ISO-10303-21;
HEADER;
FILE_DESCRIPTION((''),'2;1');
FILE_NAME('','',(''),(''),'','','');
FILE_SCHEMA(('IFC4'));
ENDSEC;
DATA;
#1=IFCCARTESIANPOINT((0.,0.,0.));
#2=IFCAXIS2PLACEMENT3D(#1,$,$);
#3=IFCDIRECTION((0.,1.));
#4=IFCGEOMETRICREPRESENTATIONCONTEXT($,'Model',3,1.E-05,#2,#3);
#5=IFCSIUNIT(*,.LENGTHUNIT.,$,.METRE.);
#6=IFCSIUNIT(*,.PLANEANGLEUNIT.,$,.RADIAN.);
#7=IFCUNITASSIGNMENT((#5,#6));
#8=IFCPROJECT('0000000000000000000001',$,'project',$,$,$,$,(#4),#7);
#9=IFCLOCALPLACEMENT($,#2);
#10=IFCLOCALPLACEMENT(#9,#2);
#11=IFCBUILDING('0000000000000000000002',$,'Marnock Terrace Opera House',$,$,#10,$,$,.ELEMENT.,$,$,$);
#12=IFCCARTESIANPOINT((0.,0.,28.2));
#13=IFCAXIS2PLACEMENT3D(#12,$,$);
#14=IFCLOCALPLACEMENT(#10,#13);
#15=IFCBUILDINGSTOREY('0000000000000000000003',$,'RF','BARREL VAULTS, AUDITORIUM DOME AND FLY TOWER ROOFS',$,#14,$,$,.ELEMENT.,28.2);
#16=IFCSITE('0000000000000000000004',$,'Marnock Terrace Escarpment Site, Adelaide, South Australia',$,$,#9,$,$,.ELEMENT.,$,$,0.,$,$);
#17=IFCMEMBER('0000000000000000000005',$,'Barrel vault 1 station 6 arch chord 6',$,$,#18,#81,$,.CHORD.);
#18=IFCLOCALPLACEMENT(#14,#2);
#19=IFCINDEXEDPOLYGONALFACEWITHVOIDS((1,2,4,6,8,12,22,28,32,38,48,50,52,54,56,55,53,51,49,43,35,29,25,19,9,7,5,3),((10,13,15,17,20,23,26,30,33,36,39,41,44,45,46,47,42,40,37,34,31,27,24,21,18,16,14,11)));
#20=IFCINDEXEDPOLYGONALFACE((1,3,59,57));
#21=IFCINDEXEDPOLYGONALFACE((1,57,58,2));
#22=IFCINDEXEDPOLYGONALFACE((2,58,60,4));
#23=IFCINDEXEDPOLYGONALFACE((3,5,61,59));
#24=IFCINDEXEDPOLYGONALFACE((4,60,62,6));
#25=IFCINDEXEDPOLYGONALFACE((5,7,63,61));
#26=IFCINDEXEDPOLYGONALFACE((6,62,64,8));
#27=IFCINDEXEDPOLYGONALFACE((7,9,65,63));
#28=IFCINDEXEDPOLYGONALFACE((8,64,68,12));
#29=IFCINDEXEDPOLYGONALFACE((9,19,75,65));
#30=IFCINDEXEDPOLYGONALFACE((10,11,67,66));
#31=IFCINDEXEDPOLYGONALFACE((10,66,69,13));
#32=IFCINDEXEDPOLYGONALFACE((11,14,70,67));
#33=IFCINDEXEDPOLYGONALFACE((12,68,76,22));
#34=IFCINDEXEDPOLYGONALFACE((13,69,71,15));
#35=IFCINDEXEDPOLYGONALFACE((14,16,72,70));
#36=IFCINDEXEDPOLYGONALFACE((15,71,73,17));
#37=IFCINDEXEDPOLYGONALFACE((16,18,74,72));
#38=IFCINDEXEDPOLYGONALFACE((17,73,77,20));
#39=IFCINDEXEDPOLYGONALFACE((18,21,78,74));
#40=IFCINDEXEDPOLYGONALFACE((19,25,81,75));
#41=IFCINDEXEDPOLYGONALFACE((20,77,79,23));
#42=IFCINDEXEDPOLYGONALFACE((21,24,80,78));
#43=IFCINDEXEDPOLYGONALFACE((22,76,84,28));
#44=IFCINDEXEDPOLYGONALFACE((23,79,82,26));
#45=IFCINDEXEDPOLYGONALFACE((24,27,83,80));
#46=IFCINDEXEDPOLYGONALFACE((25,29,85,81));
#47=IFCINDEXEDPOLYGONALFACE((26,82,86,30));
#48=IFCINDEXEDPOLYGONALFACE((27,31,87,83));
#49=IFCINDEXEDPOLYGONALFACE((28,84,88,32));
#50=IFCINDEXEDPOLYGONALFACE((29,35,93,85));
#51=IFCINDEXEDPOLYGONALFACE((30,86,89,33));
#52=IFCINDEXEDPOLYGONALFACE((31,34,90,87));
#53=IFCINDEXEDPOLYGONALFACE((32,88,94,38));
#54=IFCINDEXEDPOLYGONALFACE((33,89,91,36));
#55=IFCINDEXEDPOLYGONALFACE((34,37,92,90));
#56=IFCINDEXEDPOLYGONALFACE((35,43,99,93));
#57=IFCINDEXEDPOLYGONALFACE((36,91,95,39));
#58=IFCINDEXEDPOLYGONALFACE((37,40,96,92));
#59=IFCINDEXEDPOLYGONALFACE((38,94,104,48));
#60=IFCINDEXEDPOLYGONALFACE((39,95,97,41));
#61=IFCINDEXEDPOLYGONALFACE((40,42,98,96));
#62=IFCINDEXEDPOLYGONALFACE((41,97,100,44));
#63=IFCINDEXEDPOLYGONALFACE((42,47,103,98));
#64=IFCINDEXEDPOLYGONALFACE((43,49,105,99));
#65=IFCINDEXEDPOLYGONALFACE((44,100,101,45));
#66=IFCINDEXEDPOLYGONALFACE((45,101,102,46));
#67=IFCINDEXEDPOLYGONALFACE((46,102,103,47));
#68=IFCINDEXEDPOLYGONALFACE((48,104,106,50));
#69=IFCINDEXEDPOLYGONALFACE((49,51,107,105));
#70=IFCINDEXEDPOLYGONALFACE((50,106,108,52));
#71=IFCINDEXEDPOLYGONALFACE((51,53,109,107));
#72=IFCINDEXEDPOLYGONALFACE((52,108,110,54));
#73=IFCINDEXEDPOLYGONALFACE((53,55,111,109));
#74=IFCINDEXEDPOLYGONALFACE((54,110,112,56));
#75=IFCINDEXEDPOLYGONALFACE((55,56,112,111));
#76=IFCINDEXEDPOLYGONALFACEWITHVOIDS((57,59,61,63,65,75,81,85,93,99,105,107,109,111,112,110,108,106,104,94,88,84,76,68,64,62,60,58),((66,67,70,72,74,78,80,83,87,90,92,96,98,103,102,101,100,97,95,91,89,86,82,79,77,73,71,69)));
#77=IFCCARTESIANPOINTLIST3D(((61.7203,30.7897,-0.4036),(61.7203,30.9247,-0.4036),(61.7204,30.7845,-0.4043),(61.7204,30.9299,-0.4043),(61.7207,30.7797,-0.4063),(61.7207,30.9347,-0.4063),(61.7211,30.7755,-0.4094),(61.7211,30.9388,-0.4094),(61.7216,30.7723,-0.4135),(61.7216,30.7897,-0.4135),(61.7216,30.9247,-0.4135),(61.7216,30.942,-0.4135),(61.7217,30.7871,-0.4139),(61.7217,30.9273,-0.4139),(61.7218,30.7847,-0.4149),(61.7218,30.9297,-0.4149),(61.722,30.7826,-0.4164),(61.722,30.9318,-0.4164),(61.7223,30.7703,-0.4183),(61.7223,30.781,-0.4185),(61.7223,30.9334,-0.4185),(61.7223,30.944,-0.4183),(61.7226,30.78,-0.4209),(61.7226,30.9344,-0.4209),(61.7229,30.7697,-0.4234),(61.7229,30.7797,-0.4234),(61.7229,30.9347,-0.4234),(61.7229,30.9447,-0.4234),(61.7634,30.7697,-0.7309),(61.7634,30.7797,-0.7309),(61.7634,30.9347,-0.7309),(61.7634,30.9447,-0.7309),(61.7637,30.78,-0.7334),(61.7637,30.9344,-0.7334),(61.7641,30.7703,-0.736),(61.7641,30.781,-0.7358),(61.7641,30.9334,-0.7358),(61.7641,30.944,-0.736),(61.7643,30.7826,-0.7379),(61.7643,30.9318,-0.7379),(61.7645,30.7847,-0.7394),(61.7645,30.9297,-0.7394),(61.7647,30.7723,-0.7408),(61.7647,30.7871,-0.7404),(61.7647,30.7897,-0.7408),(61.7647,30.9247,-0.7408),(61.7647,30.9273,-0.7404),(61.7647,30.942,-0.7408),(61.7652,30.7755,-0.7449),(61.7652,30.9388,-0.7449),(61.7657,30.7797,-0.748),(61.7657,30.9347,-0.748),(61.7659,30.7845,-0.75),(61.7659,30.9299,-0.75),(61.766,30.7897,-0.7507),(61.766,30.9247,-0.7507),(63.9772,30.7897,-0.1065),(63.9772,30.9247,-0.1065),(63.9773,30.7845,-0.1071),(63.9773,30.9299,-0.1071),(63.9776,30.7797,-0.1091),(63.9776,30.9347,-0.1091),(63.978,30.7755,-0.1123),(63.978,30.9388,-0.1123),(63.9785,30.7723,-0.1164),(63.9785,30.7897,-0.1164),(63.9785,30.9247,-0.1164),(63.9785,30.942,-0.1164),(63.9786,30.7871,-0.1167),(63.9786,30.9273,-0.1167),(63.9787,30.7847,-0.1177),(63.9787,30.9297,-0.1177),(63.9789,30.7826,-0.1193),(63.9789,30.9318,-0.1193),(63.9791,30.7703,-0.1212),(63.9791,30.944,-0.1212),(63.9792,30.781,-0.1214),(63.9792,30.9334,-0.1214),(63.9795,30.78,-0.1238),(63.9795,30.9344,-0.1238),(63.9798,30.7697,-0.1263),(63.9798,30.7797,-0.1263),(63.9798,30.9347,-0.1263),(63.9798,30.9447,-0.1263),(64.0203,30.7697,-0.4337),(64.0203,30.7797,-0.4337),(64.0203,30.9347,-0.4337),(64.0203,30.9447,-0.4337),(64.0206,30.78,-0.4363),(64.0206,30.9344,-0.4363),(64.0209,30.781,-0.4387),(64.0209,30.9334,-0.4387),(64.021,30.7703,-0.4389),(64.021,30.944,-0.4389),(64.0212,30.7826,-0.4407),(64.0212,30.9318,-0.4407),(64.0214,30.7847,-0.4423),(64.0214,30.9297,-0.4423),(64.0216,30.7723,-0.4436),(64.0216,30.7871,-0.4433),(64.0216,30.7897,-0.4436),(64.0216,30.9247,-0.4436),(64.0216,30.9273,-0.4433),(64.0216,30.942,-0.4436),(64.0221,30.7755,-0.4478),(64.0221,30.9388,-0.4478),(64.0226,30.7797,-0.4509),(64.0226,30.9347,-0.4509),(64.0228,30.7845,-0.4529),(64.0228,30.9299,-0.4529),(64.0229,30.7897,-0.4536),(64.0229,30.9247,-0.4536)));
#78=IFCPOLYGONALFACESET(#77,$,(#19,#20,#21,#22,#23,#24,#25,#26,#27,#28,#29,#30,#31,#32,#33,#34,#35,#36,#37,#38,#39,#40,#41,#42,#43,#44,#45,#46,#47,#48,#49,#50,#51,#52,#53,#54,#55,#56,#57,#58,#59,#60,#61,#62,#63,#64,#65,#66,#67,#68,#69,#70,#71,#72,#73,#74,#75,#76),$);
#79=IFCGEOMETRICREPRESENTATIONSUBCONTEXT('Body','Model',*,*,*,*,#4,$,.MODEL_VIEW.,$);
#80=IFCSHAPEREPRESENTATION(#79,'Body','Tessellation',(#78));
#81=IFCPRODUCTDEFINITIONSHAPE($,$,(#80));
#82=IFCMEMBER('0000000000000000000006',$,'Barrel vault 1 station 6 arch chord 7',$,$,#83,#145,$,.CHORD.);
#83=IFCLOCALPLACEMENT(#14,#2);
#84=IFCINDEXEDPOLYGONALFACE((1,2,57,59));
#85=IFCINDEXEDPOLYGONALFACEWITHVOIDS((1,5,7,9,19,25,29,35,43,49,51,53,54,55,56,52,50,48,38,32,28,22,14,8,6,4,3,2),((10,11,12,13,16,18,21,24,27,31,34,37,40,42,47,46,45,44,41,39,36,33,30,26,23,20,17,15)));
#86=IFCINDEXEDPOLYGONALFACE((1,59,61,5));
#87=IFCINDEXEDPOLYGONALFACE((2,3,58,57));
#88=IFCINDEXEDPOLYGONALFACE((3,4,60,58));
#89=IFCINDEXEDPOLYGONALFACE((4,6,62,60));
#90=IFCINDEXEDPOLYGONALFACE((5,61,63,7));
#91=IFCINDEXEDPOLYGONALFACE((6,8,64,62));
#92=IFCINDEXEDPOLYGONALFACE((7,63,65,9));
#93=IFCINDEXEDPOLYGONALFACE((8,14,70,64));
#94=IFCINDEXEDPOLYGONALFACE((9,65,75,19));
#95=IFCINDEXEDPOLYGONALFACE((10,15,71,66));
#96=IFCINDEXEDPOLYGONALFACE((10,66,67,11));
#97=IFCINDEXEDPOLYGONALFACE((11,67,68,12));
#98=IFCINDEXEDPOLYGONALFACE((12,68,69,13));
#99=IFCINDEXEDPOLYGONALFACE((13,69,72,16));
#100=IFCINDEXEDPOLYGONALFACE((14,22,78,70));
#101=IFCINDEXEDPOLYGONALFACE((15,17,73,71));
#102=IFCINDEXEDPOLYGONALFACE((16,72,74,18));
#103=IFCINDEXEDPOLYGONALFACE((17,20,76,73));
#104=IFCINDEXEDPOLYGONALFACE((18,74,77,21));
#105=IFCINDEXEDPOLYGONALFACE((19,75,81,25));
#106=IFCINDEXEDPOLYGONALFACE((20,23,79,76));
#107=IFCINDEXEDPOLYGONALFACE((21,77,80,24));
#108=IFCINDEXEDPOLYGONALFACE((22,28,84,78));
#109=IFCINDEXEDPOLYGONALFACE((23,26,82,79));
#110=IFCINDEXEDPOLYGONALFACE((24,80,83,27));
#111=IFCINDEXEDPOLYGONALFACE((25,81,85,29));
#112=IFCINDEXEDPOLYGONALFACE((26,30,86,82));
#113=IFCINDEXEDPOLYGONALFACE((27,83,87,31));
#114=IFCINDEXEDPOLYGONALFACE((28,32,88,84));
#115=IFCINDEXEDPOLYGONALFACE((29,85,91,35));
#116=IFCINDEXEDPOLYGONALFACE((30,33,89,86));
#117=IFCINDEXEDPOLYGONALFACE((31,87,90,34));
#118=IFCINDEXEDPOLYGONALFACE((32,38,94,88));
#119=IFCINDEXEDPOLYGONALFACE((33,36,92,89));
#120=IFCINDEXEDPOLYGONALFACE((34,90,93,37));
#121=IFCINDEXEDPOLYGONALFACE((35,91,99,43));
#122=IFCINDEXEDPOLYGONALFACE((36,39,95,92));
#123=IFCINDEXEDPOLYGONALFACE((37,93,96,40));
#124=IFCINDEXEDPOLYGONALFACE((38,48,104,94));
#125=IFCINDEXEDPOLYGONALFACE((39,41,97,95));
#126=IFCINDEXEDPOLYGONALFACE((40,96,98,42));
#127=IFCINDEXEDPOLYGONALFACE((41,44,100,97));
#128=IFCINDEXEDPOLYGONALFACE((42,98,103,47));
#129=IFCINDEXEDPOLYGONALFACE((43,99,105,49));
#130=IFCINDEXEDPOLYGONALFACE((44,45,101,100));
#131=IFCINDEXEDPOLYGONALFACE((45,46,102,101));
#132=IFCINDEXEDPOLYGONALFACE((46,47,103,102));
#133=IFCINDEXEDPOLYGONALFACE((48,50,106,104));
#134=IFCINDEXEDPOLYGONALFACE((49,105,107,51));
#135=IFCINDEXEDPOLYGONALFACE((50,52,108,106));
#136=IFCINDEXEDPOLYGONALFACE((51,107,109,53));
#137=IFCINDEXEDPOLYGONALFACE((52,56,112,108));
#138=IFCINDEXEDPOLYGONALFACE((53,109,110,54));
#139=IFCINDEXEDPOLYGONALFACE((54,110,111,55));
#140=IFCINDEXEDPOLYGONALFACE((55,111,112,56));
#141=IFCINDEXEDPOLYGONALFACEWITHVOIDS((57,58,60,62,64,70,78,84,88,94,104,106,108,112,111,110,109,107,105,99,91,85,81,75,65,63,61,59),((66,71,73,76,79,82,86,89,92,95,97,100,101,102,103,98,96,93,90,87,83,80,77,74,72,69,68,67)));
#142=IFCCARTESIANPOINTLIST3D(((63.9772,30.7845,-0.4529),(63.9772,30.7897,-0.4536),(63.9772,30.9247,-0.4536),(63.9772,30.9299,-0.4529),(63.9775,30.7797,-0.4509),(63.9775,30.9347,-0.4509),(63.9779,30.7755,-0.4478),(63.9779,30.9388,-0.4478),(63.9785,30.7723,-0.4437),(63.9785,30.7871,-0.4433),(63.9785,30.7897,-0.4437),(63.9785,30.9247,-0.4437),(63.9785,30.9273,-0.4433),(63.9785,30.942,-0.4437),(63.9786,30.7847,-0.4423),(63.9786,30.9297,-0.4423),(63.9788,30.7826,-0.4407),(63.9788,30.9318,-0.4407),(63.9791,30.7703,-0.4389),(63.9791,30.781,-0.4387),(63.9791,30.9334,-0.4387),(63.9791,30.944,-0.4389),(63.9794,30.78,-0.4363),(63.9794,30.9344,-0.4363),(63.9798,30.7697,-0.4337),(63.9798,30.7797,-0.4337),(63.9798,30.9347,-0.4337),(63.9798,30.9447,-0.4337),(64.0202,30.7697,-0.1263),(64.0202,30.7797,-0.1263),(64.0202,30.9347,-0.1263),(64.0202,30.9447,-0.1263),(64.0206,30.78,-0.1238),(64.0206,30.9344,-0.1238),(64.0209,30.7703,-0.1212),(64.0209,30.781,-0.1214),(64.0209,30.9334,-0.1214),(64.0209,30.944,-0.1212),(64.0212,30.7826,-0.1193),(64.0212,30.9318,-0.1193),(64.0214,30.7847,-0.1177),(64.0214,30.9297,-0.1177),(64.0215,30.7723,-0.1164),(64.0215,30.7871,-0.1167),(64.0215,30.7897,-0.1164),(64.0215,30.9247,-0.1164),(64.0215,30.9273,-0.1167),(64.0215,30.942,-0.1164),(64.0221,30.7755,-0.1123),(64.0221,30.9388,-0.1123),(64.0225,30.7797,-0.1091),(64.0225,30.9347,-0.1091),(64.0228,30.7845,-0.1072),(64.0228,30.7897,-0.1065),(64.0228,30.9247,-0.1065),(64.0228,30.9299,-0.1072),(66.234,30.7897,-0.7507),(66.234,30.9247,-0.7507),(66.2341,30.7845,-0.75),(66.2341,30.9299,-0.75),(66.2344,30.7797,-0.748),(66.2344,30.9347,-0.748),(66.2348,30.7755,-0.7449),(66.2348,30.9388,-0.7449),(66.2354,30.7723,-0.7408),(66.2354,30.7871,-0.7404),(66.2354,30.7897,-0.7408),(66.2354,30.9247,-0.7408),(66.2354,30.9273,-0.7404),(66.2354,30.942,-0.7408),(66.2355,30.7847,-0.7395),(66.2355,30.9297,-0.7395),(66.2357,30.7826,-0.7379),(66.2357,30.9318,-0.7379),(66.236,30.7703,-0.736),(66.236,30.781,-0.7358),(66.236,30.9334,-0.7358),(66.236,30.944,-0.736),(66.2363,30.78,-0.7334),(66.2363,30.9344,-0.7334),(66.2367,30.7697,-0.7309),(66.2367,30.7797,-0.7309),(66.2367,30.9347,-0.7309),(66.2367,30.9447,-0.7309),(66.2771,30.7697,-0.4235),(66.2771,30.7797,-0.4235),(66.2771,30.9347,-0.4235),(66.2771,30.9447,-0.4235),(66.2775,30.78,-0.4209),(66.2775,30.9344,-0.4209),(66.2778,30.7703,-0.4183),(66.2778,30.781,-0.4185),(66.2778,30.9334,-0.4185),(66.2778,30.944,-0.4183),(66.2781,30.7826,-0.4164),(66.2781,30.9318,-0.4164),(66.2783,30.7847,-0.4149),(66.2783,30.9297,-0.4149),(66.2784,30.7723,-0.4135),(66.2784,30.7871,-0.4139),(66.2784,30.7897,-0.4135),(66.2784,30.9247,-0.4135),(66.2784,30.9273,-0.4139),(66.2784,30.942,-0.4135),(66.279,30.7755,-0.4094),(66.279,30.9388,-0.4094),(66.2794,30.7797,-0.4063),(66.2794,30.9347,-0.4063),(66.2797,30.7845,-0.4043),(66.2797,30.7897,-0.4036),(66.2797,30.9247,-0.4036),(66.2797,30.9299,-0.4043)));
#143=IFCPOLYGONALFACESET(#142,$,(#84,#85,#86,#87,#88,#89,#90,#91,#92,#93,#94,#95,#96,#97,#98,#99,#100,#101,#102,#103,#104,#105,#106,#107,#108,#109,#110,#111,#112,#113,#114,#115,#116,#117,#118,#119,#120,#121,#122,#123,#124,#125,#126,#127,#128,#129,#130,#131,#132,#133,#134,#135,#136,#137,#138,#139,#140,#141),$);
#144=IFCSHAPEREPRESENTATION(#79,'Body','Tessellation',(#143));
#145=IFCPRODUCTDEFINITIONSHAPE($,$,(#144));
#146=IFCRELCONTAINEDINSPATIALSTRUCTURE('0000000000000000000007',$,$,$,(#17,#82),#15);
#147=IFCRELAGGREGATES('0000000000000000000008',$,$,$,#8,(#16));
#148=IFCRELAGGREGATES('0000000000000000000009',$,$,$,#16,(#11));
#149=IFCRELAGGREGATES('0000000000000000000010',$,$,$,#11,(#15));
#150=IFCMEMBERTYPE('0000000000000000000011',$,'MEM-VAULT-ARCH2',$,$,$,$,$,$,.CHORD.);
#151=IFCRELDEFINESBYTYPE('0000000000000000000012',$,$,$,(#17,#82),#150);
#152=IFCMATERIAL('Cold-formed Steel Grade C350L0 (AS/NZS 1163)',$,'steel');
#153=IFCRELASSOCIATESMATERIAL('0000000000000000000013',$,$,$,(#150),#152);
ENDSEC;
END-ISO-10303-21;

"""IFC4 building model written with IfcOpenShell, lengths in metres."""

from ifc_helpers import new_model, si_unit, direction, frame, origin, origin_2d, place, context, subcontext, project, spatial, hollow_rectangle, extrude, material, material_profile, profile_set, type_object, element, save


model = new_model("IFC4")

# Units and contexts
model_context = context("Model", 3, precision=1e-05, world=origin(), true_north=direction((0.0, 1.0)))
body_context = subcontext(model_context, "Body", "Model", "MODEL_VIEW")
ifc_project = project(units=[si_unit("LENGTHUNIT", "METRE"), si_unit("PLANEANGLEUNIT", "RADIAN")], contexts=[model_context])

# Site, building, storey
site_placement = place(None, origin())
site = spatial("IfcSite", under=ifc_project, at=site_placement, Name="Marnock Terrace Escarpment Site, Adelaide, South Australia", CompositionType="ELEMENT", RefElevation=0.0)
building_placement = place(site_placement, origin())
building = spatial("IfcBuilding", under=site, at=building_placement, Name="Marnock Terrace Opera House", CompositionType="ELEMENT")
storey_placement = place(building_placement, frame((0.0, 0.0, 28.2)))
storey = spatial("IfcBuildingStorey", under=building, at=storey_placement, Name="RF", Description="BARREL VAULTS, AUDITORIUM DOME AND FLY TOWER ROOFS", CompositionType="ELEMENT", Elevation=28.2)

# Members
ifc_material_1 = material(Name="Cold-formed Steel Grade C350L0 (AS/NZS 1163)", Category="steel")
ifc_material_profile_1 = material_profile(ifc_material_1, hollow_rectangle(XDim=0.175, YDim=0.3501, WallThickness=0.01, InnerFilletRadius=0.01, OuterFilletRadius=0.02, at=origin_2d()))
ifc_profile_set_1 = profile_set([ifc_material_profile_1], Name="Cold-formed Steel Grade C350L0 (AS/NZS 1163)")
member_type_1 = type_object("IfcMemberType", Name="MEM-VAULT-ARCH2", PredefinedType="CHORD", material=ifc_profile_set_1)
for number, where, z_axis, x_axis, name in (
    (1, (61.7432, 30.8572, -0.5771), (0.991445, 0.0, 0.130527), (0.0, 1.0, 0.0), "Barrel vault 1 station 6 arch chord 6"),
    (2, (64.0, 30.8572, -0.28), (0.991445, 0.0, -0.130527), (0.0, 1.0, 0.0), "Barrel vault 1 station 6 arch chord 7"),
):
    element("IfcMember", number, at=place(storey_placement, frame(where, z_axis=z_axis, x_axis=x_axis)), inside=storey, type_object=member_type_1, Name=name, PredefinedType="CHORD", context=body_context, shape_type="SweptSolid", body=[
        extrude(hollow_rectangle(XDim=0.175, YDim=0.3501, WallThickness=0.01, InnerFilletRadius=0.01, OuterFilletRadius=0.02, at=origin_2d()), origin(), (0.0, 0.0, 1.0), 2.2764),
    ])

save(model, "model.ifc")
